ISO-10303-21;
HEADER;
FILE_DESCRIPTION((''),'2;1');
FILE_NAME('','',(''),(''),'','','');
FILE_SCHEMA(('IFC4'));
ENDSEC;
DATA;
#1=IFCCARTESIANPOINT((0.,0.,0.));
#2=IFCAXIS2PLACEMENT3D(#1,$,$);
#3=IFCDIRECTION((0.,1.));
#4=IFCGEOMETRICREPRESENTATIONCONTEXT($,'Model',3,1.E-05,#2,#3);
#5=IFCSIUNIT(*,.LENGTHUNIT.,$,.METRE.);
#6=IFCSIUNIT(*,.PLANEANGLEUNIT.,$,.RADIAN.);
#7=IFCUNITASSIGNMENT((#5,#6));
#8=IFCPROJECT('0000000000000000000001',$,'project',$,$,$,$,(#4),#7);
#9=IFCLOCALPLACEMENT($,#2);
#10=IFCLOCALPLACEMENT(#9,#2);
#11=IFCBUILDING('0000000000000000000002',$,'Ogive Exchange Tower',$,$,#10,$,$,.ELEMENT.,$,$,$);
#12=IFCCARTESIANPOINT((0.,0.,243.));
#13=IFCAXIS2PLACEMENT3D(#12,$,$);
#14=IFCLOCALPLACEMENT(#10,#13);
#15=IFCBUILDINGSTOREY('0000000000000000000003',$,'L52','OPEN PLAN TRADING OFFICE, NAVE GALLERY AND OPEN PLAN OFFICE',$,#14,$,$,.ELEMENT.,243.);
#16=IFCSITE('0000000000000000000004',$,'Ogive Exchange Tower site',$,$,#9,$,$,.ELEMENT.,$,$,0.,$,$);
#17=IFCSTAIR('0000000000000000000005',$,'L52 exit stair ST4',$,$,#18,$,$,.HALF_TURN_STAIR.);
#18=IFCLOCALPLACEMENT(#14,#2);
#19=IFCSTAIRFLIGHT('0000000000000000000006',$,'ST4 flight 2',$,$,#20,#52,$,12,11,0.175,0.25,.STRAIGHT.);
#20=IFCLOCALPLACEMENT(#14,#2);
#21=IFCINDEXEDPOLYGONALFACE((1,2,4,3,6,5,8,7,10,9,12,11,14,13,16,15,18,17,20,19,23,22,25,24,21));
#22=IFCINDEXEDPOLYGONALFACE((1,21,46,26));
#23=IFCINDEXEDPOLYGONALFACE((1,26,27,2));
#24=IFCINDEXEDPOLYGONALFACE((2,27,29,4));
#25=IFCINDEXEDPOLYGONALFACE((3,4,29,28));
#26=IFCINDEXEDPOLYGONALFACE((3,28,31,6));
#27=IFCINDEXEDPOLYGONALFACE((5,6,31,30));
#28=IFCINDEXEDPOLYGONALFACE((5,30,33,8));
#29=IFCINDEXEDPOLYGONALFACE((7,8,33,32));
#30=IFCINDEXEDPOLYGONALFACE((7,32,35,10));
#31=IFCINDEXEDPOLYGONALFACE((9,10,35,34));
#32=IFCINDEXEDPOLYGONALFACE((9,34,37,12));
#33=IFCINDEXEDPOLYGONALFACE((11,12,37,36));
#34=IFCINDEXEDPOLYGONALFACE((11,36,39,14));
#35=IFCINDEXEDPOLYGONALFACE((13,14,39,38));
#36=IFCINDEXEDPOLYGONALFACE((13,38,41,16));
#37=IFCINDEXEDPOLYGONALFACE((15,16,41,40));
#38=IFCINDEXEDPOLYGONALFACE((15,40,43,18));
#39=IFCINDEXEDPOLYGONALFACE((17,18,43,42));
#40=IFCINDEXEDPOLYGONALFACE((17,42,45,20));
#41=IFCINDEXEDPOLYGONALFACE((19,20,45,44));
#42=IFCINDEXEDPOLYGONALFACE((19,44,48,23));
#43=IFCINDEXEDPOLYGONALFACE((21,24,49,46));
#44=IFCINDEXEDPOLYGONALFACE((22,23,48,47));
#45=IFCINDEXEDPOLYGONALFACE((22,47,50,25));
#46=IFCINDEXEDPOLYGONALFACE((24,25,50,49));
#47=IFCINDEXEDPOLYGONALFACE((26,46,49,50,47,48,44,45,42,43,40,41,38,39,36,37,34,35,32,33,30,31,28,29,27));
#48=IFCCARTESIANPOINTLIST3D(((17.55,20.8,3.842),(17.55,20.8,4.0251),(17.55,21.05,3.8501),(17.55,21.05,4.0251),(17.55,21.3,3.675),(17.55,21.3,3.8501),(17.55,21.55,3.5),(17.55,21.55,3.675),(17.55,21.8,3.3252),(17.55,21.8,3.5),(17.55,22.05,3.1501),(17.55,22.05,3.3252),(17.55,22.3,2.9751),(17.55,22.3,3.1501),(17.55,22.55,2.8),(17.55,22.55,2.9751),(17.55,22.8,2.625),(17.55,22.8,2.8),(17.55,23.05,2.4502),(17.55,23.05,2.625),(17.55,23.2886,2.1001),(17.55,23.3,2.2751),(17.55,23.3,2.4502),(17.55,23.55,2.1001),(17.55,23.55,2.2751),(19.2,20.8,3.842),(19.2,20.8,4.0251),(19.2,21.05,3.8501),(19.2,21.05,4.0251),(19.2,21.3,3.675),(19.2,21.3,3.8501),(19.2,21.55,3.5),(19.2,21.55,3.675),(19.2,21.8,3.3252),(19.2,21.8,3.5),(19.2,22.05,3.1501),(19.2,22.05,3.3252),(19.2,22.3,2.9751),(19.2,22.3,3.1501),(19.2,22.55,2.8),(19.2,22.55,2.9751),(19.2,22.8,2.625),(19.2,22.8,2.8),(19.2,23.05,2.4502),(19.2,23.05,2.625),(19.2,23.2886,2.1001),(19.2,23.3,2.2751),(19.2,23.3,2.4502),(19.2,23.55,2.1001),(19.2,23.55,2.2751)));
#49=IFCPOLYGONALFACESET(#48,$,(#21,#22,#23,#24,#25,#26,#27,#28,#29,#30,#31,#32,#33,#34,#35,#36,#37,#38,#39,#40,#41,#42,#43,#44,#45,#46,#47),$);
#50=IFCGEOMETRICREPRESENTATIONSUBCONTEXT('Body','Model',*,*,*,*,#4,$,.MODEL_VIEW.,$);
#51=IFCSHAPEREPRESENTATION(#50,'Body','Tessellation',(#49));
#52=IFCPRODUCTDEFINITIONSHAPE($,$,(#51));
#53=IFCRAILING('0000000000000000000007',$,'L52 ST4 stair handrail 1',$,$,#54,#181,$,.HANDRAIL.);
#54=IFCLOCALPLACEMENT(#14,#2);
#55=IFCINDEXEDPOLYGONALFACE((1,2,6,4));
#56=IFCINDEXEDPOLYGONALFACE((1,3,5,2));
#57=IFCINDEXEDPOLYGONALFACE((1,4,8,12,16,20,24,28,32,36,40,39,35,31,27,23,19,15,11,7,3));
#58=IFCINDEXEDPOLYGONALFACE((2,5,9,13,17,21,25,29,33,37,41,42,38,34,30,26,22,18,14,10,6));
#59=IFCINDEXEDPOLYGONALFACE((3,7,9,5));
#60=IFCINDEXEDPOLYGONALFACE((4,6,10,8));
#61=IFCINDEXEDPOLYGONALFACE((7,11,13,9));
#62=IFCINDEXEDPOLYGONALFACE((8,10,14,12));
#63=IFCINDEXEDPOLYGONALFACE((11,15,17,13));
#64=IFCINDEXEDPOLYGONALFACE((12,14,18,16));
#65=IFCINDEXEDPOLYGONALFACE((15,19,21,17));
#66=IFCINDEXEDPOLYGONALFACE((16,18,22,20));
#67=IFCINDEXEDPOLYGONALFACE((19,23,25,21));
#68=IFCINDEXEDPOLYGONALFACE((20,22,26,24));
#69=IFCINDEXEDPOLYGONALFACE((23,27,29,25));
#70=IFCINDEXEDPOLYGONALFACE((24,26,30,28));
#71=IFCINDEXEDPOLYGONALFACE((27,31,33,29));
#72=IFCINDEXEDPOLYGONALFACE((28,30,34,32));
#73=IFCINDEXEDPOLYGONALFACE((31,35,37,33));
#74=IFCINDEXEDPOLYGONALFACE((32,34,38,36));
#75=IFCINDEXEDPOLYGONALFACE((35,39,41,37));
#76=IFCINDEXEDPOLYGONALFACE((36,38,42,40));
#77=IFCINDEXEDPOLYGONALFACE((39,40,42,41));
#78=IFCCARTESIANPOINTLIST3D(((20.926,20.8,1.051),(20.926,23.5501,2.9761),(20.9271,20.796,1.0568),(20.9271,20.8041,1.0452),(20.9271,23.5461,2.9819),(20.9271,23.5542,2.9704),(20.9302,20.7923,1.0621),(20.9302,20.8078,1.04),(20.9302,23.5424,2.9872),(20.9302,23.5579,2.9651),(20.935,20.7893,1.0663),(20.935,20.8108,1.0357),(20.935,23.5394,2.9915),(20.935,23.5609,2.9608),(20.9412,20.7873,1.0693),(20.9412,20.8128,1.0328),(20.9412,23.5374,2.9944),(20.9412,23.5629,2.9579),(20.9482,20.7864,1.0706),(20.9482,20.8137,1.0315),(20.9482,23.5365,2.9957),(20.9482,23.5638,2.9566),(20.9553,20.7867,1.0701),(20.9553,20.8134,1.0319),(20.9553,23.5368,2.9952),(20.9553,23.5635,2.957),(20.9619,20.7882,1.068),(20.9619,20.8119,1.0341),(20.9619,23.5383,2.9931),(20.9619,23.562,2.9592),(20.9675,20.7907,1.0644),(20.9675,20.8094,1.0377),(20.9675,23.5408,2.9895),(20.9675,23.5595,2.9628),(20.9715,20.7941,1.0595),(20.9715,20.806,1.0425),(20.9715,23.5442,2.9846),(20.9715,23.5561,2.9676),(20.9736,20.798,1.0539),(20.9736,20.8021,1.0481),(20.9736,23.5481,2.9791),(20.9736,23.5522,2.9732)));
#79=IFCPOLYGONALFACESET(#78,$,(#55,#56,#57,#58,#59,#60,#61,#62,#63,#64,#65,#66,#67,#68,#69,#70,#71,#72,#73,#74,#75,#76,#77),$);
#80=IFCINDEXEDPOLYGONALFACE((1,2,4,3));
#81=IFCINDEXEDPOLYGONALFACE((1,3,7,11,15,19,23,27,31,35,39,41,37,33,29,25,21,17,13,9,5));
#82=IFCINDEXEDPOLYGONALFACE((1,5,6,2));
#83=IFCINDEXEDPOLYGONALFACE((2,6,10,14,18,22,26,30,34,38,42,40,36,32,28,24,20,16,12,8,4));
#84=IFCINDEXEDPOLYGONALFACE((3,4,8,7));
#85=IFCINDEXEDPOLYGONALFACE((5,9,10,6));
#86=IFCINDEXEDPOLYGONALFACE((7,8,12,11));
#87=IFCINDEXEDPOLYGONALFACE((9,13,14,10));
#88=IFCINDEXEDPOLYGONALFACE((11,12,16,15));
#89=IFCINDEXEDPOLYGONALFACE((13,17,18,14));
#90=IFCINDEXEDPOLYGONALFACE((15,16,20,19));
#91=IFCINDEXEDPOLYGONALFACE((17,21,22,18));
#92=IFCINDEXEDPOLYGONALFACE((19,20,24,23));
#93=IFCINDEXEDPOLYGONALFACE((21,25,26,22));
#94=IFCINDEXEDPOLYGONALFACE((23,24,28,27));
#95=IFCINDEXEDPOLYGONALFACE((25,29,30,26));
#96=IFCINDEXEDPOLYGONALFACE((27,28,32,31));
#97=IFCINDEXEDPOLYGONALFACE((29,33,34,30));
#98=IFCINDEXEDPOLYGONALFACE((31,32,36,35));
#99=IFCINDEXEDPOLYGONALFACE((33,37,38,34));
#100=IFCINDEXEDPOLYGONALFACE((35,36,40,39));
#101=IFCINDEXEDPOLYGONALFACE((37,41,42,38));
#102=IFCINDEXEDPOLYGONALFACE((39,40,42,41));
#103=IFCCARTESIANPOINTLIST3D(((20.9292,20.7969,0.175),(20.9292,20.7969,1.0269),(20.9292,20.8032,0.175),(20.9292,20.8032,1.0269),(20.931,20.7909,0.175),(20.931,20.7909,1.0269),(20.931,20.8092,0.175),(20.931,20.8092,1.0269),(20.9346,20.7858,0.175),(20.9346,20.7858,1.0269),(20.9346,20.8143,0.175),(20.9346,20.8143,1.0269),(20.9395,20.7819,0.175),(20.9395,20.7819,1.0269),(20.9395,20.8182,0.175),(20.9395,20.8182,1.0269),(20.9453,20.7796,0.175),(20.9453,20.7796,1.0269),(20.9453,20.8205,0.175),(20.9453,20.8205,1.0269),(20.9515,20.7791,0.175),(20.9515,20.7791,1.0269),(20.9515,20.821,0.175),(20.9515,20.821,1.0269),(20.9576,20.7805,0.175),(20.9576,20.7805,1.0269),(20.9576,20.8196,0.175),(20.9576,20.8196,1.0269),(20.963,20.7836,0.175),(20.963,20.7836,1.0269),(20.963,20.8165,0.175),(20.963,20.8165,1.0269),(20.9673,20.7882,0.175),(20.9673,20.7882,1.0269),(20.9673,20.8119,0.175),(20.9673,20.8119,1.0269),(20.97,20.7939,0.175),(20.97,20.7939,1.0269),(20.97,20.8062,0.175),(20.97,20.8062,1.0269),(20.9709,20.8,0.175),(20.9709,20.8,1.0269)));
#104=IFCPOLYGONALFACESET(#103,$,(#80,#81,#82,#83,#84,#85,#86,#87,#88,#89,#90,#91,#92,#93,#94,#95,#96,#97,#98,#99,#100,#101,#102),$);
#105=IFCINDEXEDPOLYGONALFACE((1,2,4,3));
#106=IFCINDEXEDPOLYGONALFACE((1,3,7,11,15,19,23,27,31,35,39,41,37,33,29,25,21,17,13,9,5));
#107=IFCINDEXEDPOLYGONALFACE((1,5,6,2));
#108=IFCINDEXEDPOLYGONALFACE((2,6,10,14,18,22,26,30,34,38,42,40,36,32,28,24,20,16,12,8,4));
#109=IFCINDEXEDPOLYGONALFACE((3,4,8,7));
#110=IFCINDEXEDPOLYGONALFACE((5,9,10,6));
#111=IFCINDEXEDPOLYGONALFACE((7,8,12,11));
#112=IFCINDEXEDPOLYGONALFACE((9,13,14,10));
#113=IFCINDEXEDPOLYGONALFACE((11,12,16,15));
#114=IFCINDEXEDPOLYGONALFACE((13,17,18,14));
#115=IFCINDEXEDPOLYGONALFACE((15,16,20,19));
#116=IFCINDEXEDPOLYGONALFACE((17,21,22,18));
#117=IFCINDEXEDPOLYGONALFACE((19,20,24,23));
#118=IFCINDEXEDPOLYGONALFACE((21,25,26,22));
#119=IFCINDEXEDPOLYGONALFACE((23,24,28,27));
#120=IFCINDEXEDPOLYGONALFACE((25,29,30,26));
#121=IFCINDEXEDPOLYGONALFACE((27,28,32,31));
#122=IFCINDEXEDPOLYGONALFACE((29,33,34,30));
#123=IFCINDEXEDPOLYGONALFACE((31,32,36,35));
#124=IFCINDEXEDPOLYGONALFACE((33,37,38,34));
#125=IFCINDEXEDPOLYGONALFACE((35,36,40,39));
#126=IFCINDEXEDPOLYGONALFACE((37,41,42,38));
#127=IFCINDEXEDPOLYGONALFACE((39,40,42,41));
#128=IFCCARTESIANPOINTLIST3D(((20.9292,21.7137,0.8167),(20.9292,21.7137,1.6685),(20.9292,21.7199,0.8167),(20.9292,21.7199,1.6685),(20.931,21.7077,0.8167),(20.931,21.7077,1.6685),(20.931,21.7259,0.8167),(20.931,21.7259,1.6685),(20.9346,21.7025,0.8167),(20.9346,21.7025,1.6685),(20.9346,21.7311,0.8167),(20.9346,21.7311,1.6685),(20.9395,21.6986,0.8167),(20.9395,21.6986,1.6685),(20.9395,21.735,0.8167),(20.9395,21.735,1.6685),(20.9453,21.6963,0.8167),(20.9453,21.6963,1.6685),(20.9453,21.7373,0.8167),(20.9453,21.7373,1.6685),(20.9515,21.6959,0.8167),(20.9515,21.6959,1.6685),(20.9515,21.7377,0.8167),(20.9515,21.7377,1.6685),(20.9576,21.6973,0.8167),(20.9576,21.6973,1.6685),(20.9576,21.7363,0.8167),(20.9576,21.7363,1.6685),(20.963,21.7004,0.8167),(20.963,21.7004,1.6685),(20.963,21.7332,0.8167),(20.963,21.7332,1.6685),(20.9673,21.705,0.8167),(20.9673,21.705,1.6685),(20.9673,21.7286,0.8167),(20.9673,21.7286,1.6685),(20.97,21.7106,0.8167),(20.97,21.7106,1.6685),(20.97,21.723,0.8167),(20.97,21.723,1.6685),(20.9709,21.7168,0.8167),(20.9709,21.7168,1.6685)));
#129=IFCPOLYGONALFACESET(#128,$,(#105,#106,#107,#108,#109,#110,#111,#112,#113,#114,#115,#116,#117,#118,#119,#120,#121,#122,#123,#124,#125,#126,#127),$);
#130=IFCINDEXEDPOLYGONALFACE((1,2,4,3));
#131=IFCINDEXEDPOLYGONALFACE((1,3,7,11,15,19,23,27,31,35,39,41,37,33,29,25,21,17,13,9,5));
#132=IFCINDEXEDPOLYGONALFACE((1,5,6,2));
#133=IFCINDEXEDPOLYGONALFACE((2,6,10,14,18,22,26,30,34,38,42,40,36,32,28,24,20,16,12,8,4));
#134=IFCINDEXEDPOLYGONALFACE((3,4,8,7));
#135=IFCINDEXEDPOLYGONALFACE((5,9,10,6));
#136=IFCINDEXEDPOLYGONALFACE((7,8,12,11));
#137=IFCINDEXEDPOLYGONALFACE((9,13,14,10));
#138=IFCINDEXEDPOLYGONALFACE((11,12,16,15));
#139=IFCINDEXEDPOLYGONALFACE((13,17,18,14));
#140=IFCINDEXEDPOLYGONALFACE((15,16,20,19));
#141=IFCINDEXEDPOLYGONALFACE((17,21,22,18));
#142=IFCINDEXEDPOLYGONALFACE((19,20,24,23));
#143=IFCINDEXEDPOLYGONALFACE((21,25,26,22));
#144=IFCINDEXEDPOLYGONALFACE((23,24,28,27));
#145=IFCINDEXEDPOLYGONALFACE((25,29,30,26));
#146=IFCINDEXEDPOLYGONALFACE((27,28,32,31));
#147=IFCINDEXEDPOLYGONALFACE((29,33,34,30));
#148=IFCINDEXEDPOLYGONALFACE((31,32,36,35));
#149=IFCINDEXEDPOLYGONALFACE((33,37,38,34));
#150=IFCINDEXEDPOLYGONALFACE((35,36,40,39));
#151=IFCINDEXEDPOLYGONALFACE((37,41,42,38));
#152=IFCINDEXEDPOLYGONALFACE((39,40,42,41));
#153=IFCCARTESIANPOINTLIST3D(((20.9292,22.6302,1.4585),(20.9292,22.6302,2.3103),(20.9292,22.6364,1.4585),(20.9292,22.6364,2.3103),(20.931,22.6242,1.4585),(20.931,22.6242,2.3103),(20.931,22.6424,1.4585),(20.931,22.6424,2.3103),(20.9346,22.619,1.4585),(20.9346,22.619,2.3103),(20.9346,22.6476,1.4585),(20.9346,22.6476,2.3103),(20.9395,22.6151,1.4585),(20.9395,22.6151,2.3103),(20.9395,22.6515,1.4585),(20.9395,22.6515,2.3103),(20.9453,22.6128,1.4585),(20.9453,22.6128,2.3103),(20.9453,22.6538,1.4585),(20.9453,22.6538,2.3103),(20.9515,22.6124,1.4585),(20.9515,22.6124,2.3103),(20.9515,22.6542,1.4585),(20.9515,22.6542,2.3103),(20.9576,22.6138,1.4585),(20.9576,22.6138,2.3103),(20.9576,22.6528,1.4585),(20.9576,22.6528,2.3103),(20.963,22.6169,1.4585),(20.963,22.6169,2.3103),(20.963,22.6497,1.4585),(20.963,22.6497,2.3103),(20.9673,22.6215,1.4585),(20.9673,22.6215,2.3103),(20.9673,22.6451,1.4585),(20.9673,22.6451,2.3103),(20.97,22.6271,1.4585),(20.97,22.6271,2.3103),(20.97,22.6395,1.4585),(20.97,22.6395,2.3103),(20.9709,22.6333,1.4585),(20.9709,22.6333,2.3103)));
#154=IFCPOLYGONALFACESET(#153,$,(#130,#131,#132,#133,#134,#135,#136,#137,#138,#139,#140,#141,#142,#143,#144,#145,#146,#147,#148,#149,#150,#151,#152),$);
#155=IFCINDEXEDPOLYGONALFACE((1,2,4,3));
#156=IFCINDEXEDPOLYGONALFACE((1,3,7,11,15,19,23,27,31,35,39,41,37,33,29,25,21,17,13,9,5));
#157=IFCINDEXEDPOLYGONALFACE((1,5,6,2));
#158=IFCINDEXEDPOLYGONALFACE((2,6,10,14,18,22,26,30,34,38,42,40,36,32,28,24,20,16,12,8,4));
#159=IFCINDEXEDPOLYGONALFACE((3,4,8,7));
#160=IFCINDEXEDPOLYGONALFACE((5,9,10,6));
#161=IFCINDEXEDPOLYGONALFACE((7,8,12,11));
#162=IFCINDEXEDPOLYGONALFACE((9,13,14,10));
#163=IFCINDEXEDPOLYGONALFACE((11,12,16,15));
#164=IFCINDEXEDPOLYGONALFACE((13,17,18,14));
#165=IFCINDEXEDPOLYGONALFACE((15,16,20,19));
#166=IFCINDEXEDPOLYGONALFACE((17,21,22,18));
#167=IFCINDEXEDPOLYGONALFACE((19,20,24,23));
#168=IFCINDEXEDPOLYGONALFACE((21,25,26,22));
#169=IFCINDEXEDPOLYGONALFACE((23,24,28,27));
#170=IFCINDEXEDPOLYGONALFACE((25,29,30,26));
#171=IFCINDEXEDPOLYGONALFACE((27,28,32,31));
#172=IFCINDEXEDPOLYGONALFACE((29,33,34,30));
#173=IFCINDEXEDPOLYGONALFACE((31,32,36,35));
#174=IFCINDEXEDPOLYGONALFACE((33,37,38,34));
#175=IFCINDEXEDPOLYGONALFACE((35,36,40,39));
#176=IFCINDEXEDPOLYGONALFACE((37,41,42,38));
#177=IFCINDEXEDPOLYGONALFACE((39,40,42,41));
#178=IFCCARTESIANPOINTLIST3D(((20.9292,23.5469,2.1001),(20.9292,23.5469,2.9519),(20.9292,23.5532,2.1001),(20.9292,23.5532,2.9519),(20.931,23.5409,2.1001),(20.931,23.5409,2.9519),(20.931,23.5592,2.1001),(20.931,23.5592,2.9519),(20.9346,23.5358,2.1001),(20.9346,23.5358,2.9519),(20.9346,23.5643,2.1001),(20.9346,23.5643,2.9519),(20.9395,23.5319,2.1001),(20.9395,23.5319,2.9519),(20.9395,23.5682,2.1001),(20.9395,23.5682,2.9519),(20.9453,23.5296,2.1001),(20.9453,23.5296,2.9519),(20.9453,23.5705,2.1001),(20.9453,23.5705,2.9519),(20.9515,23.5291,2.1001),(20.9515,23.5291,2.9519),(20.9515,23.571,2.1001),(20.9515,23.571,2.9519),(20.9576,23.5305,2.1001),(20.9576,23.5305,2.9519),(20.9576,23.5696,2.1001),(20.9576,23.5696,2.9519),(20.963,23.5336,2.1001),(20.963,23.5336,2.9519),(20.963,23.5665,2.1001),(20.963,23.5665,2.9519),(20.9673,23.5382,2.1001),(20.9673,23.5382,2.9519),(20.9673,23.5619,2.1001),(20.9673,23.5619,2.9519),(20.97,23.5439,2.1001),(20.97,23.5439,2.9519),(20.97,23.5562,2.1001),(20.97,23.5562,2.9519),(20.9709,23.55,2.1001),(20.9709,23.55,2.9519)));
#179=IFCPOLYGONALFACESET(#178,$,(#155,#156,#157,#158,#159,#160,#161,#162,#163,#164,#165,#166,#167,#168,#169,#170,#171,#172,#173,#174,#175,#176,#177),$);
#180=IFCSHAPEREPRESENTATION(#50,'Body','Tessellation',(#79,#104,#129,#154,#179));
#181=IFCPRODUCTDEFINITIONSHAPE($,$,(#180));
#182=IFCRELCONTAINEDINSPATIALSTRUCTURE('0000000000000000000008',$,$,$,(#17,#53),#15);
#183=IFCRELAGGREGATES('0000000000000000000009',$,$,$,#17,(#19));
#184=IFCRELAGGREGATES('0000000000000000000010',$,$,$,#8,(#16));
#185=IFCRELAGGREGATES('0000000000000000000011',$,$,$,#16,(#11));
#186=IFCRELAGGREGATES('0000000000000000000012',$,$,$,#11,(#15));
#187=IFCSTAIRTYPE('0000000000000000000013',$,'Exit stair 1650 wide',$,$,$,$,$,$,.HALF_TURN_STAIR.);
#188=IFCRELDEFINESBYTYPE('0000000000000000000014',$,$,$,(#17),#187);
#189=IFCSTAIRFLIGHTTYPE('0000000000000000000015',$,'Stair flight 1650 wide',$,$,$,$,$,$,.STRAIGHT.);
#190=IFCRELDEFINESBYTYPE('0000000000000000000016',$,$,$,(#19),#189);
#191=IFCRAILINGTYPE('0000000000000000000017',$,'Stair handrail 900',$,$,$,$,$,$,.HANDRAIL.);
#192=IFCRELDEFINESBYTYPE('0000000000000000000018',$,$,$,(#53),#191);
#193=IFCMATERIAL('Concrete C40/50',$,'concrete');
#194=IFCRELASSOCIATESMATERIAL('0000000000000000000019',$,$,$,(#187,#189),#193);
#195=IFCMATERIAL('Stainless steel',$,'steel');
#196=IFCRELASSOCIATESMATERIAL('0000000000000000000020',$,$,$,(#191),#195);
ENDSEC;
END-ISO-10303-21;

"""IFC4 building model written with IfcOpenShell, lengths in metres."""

from ifc_helpers import new_model, si_unit, direction, frame, origin, origin_2d, place, context, subcontext, project, spatial, polyline, circle, outline, extrude, material, type_object, element, aggregate, save


model = new_model("IFC4")

# Units and contexts
model_context = context("Model", 3, precision=1e-05, world=origin(), true_north=direction((0.0, 1.0)))
body_context = subcontext(model_context, "Body", "Model", "MODEL_VIEW")
ifc_project = project(units=[si_unit("LENGTHUNIT", "METRE"), si_unit("PLANEANGLEUNIT", "RADIAN")], contexts=[model_context])

# Site, building, storey
site_placement = place(None, origin())
site = spatial("IfcSite", under=ifc_project, at=site_placement, Name="Ogive Exchange Tower site", CompositionType="ELEMENT", RefElevation=0.0)
building_placement = place(site_placement, origin())
building = spatial("IfcBuilding", under=site, at=building_placement, Name="Ogive Exchange Tower", CompositionType="ELEMENT")
storey_placement = place(building_placement, frame((0.0, 0.0, 243.0)))
storey = spatial("IfcBuildingStorey", under=building, at=storey_placement, Name="L52", Description="OPEN PLAN TRADING OFFICE, NAVE GALLERY AND OPEN PLAN OFFICE", CompositionType="ELEMENT", Elevation=243.0)

# Stair, stair flight
ifc_material_1 = material(Name="Concrete C40/50", Category="concrete")
stair_type = type_object("IfcStairType", Name="Exit stair 1650 wide", PredefinedType="HALF_TURN_STAIR", material=ifc_material_1)
stair_placement = place(storey_placement, origin())
stair = element("IfcStair", 1, at=stair_placement, inside=storey, type_object=stair_type, Name="L52 exit stair ST4", PredefinedType="HALF_TURN_STAIR")
stair_flight_type = type_object("IfcStairFlightType", Name="Stair flight 1650 wide", PredefinedType="STRAIGHT", material=ifc_material_1)
stair_flight_1_placement = place(storey_placement, frame((18.375, 23.55, 2.1001), z_axis=(0.0, 0.0, 1.0), x_axis=(0.0, -1.0, 0.0)))
stair_flight_1 = element("IfcStairFlight", 2, at=stair_flight_1_placement, type_object=stair_flight_type, Name="ST4 flight 2", NumberOfRisers=12, NumberOfTreads=11, PredefinedType="STRAIGHT", RiserHeight=0.175, TreadLength=0.25, context=body_context, shape_type="SweptSolid", body=[
    extrude(outline(polyline([(0.0, 0.0), (0.0, 0.175), (0.25, 0.175), (0.25, 0.3501), (0.5, 0.3501), (0.5, 0.5249), (0.75, 0.5249), (0.75, 0.7), (1.0, 0.7), (1.0, 0.875), (1.25, 0.875), (1.25, 1.05), (1.5, 1.05), (1.5, 1.2251), (1.75, 1.2251), (1.75, 1.3999), (2.0, 1.3999), (2.0, 1.575), (2.25, 1.575), (2.25, 1.75), (2.5, 1.75), (2.5, 1.925), (2.75, 1.925), (2.75, 2.1001), (2.75, 1.7419), (0.2615, 0.0), (0.0, 0.0)])), frame((0.0, 0.825, 0.0), z_axis=(0.0, -1.0, 0.0), x_axis=(1.0, 0.0, 0.0)), (0.0, 0.0, 1.0), 1.6499),
])
aggregate(stair, [stair_flight_1])

# Railing
ifc_material_2 = material(Name="Stainless steel", Category="steel")
railing_type = type_object("IfcRailingType", Name="Stair handrail 900", PredefinedType="HANDRAIL", material=ifc_material_2)
railing_1_placement = place(storey_placement, frame((20.95, 20.8, 0.175)))
element("IfcRailing", 3, at=railing_1_placement, inside=storey, type_object=railing_type, Name="L52 ST4 stair handrail 1", PredefinedType="HANDRAIL", context=body_context, shape_type="SweptSolid", body=[
    extrude(circle(Radius=0.0239, at=origin_2d()), frame((0.0, 0.0, 0.876), z_axis=(0.0, 0.819225, 0.573472), x_axis=(-1.0, 0.0, 0.0)), (0.0, 0.0, 1.0), 3.3569),
    extrude(circle(Radius=0.021, at=origin_2d()), origin(), (0.0, 0.0, 1.0), 0.8518),
    extrude(circle(Radius=0.021, at=origin_2d()), frame((0.0, 0.9167, 0.6416)), (0.0, 0.0, 1.0), 0.8518),
    extrude(circle(Radius=0.021, at=origin_2d()), frame((0.0, 1.8333, 1.2834)), (0.0, 0.0, 1.0), 0.8518),
    extrude(circle(Radius=0.021, at=origin_2d()), frame((0.0, 2.75, 1.925)), (0.0, 0.0, 1.0), 0.8518),
])

save(model, "model.ifc")
